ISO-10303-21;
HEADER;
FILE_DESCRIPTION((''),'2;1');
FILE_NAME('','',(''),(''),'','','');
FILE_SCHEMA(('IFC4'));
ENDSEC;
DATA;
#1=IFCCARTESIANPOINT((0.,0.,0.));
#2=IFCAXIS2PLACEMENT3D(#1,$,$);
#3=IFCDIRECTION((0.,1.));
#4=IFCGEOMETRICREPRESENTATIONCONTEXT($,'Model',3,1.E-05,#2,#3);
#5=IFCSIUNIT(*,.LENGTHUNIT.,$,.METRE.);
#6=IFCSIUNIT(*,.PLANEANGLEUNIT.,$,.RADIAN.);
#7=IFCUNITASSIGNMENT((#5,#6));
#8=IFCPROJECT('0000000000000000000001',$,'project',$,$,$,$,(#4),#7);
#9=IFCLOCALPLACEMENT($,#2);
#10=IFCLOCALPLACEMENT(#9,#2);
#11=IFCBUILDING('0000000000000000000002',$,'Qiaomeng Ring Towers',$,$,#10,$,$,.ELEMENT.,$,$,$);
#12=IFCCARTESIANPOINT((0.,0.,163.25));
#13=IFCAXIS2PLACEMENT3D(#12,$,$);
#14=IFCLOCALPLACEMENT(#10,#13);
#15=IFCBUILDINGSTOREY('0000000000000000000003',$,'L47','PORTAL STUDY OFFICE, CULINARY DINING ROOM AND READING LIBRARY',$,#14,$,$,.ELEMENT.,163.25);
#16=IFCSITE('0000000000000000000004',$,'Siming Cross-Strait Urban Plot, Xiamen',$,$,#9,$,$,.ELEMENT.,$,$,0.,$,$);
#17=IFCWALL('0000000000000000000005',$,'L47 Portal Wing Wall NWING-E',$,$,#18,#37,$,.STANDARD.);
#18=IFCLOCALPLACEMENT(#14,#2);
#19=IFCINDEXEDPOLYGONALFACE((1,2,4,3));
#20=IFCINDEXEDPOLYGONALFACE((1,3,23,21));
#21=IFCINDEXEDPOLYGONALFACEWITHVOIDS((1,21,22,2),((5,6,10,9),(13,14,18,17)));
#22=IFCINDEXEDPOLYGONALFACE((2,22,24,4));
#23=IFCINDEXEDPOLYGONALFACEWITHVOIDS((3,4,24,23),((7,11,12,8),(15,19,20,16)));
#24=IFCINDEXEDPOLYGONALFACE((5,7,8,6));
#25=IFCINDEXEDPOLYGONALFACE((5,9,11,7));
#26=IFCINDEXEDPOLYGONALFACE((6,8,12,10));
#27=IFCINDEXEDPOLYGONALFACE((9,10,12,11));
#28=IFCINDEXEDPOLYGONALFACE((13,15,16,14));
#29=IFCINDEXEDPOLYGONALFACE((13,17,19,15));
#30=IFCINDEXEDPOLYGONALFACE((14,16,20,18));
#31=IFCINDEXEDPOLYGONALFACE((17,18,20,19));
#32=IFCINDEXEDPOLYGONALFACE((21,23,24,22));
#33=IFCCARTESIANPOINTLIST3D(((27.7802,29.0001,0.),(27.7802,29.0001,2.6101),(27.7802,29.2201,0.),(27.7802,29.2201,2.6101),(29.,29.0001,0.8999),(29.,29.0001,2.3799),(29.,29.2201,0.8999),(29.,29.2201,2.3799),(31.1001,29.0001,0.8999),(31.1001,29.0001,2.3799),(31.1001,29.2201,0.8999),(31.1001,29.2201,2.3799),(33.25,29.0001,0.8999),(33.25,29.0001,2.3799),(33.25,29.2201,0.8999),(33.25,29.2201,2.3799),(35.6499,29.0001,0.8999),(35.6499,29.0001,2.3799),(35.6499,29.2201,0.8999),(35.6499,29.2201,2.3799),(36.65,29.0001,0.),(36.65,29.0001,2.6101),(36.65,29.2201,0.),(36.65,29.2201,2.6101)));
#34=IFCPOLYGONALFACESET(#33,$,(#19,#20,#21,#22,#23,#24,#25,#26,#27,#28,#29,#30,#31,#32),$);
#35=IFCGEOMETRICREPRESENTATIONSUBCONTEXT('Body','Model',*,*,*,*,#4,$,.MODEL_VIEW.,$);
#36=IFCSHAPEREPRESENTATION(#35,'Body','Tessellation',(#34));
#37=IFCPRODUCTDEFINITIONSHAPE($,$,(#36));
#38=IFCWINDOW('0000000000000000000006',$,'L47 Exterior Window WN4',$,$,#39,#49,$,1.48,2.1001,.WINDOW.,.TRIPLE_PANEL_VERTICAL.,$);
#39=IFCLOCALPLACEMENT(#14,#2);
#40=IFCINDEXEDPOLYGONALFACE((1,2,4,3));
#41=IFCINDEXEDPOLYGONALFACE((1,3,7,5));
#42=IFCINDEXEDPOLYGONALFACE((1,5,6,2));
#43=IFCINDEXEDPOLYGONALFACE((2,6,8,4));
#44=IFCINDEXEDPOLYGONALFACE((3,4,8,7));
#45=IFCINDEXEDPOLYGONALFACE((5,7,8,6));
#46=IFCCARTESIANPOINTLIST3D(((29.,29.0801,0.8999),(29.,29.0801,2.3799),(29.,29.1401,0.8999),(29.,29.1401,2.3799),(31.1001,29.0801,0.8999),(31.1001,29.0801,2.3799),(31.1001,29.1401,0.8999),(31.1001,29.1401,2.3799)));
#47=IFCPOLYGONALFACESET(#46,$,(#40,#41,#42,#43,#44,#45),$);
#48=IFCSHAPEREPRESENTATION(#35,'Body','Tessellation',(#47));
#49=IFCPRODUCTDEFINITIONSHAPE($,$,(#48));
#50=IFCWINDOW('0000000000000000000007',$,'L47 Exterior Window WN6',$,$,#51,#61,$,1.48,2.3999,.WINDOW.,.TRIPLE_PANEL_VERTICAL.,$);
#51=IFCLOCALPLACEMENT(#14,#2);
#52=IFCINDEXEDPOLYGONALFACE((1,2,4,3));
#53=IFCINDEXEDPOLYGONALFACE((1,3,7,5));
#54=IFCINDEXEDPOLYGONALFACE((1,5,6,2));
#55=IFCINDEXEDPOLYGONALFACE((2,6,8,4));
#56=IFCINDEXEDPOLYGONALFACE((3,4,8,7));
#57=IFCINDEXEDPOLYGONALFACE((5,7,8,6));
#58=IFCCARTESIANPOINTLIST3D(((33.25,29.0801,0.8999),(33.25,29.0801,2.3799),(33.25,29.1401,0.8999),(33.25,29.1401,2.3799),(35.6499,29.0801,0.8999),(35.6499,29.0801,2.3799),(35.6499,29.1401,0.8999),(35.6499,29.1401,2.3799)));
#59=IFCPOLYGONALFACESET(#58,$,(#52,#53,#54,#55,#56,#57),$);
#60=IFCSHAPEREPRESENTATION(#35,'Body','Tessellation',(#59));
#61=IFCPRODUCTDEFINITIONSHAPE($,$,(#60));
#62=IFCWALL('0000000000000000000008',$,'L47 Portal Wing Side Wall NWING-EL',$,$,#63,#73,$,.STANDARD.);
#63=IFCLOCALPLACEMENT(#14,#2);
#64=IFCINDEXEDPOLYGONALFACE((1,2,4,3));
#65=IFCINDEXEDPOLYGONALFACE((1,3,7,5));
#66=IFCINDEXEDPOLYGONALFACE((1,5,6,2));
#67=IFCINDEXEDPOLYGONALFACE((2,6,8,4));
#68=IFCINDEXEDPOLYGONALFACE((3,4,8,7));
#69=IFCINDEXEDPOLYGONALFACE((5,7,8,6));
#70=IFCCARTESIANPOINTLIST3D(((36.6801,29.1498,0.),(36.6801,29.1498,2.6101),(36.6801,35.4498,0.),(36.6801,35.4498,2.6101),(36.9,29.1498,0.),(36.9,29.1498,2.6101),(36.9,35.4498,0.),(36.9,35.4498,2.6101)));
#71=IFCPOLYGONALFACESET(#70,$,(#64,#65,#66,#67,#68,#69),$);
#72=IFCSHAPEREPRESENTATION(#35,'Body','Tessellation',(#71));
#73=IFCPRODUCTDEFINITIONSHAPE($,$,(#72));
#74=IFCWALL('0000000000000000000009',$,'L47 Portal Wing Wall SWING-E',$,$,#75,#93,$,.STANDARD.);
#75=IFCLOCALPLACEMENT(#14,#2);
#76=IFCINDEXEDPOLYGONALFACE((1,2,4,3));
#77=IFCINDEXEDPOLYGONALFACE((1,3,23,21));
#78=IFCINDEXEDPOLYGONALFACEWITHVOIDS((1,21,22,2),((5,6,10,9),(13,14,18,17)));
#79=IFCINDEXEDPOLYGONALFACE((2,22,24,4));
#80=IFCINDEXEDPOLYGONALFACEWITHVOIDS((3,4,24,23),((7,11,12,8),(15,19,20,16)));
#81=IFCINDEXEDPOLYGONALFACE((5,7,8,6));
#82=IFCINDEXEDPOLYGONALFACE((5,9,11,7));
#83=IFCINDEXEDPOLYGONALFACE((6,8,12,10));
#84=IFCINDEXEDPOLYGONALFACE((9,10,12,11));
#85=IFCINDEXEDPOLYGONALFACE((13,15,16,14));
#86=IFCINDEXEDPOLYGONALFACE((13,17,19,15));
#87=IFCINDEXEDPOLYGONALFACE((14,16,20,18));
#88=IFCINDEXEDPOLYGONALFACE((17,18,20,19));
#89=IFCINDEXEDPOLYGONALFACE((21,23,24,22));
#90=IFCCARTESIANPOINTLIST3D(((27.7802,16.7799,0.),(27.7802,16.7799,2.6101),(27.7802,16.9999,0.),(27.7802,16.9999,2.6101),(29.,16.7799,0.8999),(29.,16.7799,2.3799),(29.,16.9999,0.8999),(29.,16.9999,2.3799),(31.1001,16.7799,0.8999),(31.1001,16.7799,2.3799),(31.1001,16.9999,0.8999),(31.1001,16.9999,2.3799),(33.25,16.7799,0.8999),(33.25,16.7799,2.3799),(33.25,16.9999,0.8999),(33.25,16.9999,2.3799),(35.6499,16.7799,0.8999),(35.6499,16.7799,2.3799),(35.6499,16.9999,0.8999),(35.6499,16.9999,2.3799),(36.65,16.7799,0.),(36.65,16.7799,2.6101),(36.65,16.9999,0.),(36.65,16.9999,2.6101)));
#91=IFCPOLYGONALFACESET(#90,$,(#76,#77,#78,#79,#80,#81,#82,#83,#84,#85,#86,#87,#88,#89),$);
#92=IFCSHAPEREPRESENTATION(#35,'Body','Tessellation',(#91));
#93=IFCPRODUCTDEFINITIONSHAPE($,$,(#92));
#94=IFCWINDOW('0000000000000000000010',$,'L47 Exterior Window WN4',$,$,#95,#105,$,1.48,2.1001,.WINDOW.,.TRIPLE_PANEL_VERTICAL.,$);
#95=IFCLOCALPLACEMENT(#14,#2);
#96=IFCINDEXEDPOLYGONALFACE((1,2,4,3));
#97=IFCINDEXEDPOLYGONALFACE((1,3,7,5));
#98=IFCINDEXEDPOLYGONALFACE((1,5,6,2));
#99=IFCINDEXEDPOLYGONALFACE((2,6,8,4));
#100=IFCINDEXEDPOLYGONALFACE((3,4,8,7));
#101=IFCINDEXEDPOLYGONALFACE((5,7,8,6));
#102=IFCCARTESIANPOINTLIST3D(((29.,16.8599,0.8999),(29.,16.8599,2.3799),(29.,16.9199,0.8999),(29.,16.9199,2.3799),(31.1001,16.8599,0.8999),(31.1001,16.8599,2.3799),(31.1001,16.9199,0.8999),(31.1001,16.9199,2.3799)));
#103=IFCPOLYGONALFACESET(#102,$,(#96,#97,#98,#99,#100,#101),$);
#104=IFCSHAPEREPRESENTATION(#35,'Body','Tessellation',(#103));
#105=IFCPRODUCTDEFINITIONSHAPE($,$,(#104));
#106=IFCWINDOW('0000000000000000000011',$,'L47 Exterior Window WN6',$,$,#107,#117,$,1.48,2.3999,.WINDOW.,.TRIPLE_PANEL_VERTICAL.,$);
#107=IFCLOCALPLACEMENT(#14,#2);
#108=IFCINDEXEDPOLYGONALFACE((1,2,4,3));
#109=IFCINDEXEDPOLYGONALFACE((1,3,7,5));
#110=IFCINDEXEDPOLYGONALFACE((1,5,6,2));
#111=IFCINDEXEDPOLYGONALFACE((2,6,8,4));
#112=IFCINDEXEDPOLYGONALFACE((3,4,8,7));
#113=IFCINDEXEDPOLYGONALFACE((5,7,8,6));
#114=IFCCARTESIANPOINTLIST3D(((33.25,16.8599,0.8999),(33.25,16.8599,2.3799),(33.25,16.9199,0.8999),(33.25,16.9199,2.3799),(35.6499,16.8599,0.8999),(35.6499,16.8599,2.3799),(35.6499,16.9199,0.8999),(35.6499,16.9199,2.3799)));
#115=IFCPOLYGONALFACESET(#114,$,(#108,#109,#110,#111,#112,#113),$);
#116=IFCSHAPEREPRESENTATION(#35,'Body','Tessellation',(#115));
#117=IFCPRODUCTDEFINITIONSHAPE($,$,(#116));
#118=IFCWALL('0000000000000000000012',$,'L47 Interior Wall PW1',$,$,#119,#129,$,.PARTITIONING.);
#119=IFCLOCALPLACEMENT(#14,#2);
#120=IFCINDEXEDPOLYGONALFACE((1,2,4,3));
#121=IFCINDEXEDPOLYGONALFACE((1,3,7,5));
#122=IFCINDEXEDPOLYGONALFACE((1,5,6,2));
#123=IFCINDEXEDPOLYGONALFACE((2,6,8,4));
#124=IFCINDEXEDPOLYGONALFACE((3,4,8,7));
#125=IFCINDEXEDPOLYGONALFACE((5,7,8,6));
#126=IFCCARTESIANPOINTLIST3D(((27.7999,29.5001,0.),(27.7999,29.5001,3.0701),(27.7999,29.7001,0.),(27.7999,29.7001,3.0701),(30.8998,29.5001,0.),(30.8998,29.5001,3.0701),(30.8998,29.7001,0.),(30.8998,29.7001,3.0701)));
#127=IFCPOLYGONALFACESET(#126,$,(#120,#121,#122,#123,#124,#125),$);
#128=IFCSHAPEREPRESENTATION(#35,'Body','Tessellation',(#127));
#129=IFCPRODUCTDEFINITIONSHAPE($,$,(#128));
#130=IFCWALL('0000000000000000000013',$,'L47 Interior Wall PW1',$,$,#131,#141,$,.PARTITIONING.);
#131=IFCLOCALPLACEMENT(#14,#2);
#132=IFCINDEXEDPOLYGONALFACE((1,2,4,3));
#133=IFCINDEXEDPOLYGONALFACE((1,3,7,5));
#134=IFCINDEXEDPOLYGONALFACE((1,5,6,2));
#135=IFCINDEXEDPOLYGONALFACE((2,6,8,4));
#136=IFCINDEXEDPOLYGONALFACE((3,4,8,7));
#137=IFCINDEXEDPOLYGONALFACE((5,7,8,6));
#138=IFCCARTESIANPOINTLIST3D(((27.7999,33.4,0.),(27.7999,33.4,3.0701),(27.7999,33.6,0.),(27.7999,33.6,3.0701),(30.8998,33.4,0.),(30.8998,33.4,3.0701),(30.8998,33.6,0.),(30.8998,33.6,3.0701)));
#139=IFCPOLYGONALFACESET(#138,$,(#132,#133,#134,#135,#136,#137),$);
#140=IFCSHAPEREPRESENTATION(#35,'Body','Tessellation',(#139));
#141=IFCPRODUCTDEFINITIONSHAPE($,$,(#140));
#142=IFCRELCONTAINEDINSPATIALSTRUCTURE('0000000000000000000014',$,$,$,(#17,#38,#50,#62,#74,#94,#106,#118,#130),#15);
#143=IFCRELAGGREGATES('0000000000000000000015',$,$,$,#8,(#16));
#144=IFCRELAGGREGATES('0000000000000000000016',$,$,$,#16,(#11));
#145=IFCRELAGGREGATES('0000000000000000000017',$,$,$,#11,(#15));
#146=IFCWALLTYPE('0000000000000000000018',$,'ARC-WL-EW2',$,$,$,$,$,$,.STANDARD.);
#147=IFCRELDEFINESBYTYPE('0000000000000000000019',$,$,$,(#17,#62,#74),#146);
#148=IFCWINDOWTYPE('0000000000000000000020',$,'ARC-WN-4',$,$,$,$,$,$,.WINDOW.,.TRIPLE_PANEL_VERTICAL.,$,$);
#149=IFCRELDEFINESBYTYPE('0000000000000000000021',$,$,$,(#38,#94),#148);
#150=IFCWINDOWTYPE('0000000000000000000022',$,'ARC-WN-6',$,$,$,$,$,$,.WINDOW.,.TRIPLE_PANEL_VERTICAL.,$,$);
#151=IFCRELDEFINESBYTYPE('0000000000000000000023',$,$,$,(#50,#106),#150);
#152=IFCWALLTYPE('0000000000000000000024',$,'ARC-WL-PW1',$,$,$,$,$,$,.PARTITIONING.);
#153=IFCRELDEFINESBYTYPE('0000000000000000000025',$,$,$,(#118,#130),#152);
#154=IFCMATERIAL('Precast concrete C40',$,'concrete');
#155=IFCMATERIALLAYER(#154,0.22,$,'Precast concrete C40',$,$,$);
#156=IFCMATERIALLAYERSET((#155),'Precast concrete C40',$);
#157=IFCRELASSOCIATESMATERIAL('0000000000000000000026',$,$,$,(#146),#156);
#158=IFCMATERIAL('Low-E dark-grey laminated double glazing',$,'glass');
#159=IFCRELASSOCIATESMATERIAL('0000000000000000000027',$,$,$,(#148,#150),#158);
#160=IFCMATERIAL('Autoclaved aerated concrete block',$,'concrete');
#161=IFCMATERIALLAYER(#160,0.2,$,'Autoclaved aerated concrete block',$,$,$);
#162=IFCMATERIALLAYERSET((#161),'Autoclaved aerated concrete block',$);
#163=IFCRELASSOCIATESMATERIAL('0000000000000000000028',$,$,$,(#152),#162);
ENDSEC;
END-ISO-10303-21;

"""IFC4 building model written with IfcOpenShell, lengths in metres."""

from ifc_helpers import new_model, si_unit, direction, frame, frame_2d, origin, place, context, subcontext, project, spatial, rectangle, extrude, source, transform, mapped, material, layer, layer_set, type_object, element, fill, save


model = new_model("IFC4")

# Units and contexts
model_context = context("Model", 3, precision=1e-05, world=origin(), true_north=direction((0.0, 1.0)))
body_context = subcontext(model_context, "Body", "Model", "MODEL_VIEW")
ifc_project = project(units=[si_unit("LENGTHUNIT", "METRE"), si_unit("PLANEANGLEUNIT", "RADIAN")], contexts=[model_context])

# Site, building, storey
site_placement = place(None, origin())
site = spatial("IfcSite", under=ifc_project, at=site_placement, Name="Siming Cross-Strait Urban Plot, Xiamen", CompositionType="ELEMENT", RefElevation=0.0)
building_placement = place(site_placement, origin())
building = spatial("IfcBuilding", under=site, at=building_placement, Name="Qiaomeng Ring Towers", CompositionType="ELEMENT")
storey_placement = place(building_placement, frame((0.0, 0.0, 163.25)))
storey = spatial("IfcBuildingStorey", under=building, at=storey_placement, Name="L47", Description="PORTAL STUDY OFFICE, CULINARY DINING ROOM AND READING LIBRARY", CompositionType="ELEMENT", Elevation=163.25)

# Wall, openings, windows
ifc_material_1 = material(Name="Precast concrete C40", Category="concrete")
ifc_layer_1 = layer(ifc_material_1, 0.22, Name="Precast concrete C40")
ifc_layer_set_1 = layer_set([ifc_layer_1], Name="Precast concrete C40")
wall_type_1 = type_object("IfcWallType", Name="ARC-WL-EW2", PredefinedType="STANDARD", material=ifc_layer_set_1)
wall_1_placement = place(storey_placement, frame((27.78, 29.1101, 0.0), z_axis=(0.0, 0.0, 1.0), x_axis=(1.0, 0.0, 0.0)))
wall_1 = element("IfcWall", 1, at=wall_1_placement, inside=storey, type_object=wall_type_1, Name="L47 Portal Wing Wall NWING-E", PredefinedType="STANDARD", context=body_context, shape_type="SweptSolid", body=[
    extrude(rectangle(XDim=8.8699, YDim=0.22, at=frame_2d((4.4351, 0.0))), origin(), (0.0, 0.0, 1.0), 2.6101),
])
opening_1_placement = place(wall_1_placement, frame((1.22, 0.0, 0.8999)))
opening_1 = element("IfcOpeningElement", 2, at=opening_1_placement, cuts=wall_1, PredefinedType="OPENING", context=body_context, shape_type="SweptSolid", body=[
    extrude(rectangle(XDim=2.1001, YDim=1.48, at=frame_2d((1.05, 0.74))), frame((0.0, 0.1199, 0.0), z_axis=(0.0, -1.0, 0.0), x_axis=(1.0, 0.0, 0.0)), (0.0, 0.0, 1.0), 0.24),
])
opening_2_placement = place(wall_1_placement, frame((5.47, 0.0, 0.8999)))
opening_2 = element("IfcOpeningElement", 3, at=opening_2_placement, cuts=wall_1, PredefinedType="OPENING", context=body_context, shape_type="SweptSolid", body=[
    extrude(rectangle(XDim=2.3999, YDim=1.48, at=frame_2d((1.2, 0.74))), frame((0.0, 0.1199, 0.0), z_axis=(0.0, -1.0, 0.0), x_axis=(1.0, 0.0, 0.0)), (0.0, 0.0, 1.0), 0.24),
])
ifc_material_2 = material(Name="Low-E dark-grey laminated double glazing", Category="glass")
window_type_1 = type_object("IfcWindowType", Name="ARC-WN-4", PartitioningType="TRIPLE_PANEL_VERTICAL", PredefinedType="WINDOW", material=ifc_material_2)
shared_shape_1 = source(origin(), body_context, "Body", "SweptSolid", [
    extrude(rectangle(XDim=2.1001, YDim=1.48, at=frame_2d((1.05, 0.74))), frame((0.0, 0.03, 0.0), z_axis=(0.0, -1.0, 0.0), x_axis=(1.0, 0.0, 0.0)), (0.0, 0.0, 1.0), 0.0601),
])
window_1_placement = place(opening_1_placement, origin())
window_1 = element("IfcWindow", 4, at=window_1_placement, inside=storey, type_object=window_type_1, Name="L47 Exterior Window WN4", OverallHeight=1.48, OverallWidth=2.1001, PartitioningType="TRIPLE_PANEL_VERTICAL", PredefinedType="WINDOW", context=body_context, shape_type="MappedRepresentation", body=[
    mapped(shared_shape_1, transform((0.0, 0.0, 0.0), x_axis=(1.0, 0.0, 0.0), y_axis=(0.0, 1.0, 0.0), z_axis=(0.0, 0.0, 1.0), scale=1.0)),
])
fill(opening_1, window_1)
window_type_2 = type_object("IfcWindowType", Name="ARC-WN-6", PartitioningType="TRIPLE_PANEL_VERTICAL", PredefinedType="WINDOW", material=ifc_material_2)
shared_shape_2 = source(origin(), body_context, "Body", "SweptSolid", [
    extrude(rectangle(XDim=2.3999, YDim=1.48, at=frame_2d((1.2, 0.74))), frame((0.0, 0.03, 0.0), z_axis=(0.0, -1.0, 0.0), x_axis=(1.0, 0.0, 0.0)), (0.0, 0.0, 1.0), 0.0601),
])
window_2_placement = place(opening_2_placement, origin())
window_2 = element("IfcWindow", 5, at=window_2_placement, inside=storey, type_object=window_type_2, Name="L47 Exterior Window WN6", OverallHeight=1.48, OverallWidth=2.3999, PartitioningType="TRIPLE_PANEL_VERTICAL", PredefinedType="WINDOW", context=body_context, shape_type="MappedRepresentation", body=[
    mapped(shared_shape_2, transform((0.0, 0.0, 0.0), x_axis=(1.0, 0.0, 0.0), y_axis=(0.0, 1.0, 0.0), z_axis=(0.0, 0.0, 1.0), scale=1.0)),
])
fill(opening_2, window_2)

# Wall
wall_2_placement = place(storey_placement, frame((36.79, 29.1499, 0.0), z_axis=(0.0, 0.0, 1.0), x_axis=(0.0, 1.0, 0.0)))
element("IfcWall", 6, at=wall_2_placement, inside=storey, type_object=wall_type_1, Name="L47 Portal Wing Side Wall NWING-EL", PredefinedType="STANDARD", context=body_context, shape_type="SweptSolid", body=[
    extrude(rectangle(XDim=6.3, YDim=0.22, at=frame_2d((3.1499, 0.0))), origin(), (0.0, 0.0, 1.0), 2.6101),
])

# Wall, openings, windows
wall_3_placement = place(storey_placement, frame((27.78, 16.8899, 0.0), z_axis=(0.0, 0.0, 1.0), x_axis=(1.0, 0.0, 0.0)))
wall_3 = element("IfcWall", 7, at=wall_3_placement, inside=storey, type_object=wall_type_1, Name="L47 Portal Wing Wall SWING-E", PredefinedType="STANDARD", context=body_context, shape_type="SweptSolid", body=[
    extrude(rectangle(XDim=8.8699, YDim=0.22, at=frame_2d((4.4351, 0.0))), origin(), (0.0, 0.0, 1.0), 2.6101),
])
opening_3_placement = place(wall_3_placement, frame((1.22, 0.0, 0.8999)))
opening_3 = element("IfcOpeningElement", 8, at=opening_3_placement, cuts=wall_3, PredefinedType="OPENING", context=body_context, shape_type="SweptSolid", body=[
    extrude(rectangle(XDim=2.1001, YDim=1.48, at=frame_2d((1.05, 0.74))), frame((0.0, 0.1199, 0.0), z_axis=(0.0, -1.0, 0.0), x_axis=(1.0, 0.0, 0.0)), (0.0, 0.0, 1.0), 0.24),
])
opening_4_placement = place(wall_3_placement, frame((5.47, 0.0, 0.8999)))
opening_4 = element("IfcOpeningElement", 9, at=opening_4_placement, cuts=wall_3, PredefinedType="OPENING", context=body_context, shape_type="SweptSolid", body=[
    extrude(rectangle(XDim=2.3999, YDim=1.48, at=frame_2d((1.2, 0.74))), frame((0.0, 0.1199, 0.0), z_axis=(0.0, -1.0, 0.0), x_axis=(1.0, 0.0, 0.0)), (0.0, 0.0, 1.0), 0.24),
])
window_3_placement = place(opening_3_placement, origin())
window_3 = element("IfcWindow", 10, at=window_3_placement, inside=storey, type_object=window_type_1, Name="L47 Exterior Window WN4", OverallHeight=1.48, OverallWidth=2.1001, PartitioningType="TRIPLE_PANEL_VERTICAL", PredefinedType="WINDOW", context=body_context, shape_type="MappedRepresentation", body=[
    mapped(shared_shape_1, transform((0.0, 0.0, 0.0), x_axis=(1.0, 0.0, 0.0), y_axis=(0.0, 1.0, 0.0), z_axis=(0.0, 0.0, 1.0), scale=1.0)),
])
fill(opening_3, window_3)
window_4_placement = place(opening_4_placement, origin())
window_4 = element("IfcWindow", 11, at=window_4_placement, inside=storey, type_object=window_type_2, Name="L47 Exterior Window WN6", OverallHeight=1.48, OverallWidth=2.3999, PartitioningType="TRIPLE_PANEL_VERTICAL", PredefinedType="WINDOW", context=body_context, shape_type="MappedRepresentation", body=[
    mapped(shared_shape_2, transform((0.0, 0.0, 0.0), x_axis=(1.0, 0.0, 0.0), y_axis=(0.0, 1.0, 0.0), z_axis=(0.0, 0.0, 1.0), scale=1.0)),
])
fill(opening_4, window_4)

# Walls
ifc_material_3 = material(Name="Autoclaved aerated concrete block", Category="concrete")
ifc_layer_2 = layer(ifc_material_3, 0.2, Name="Autoclaved aerated concrete block")
ifc_layer_set_2 = layer_set([ifc_layer_2], Name="Autoclaved aerated concrete block")
wall_type_2 = type_object("IfcWallType", Name="ARC-WL-PW1", PredefinedType="PARTITIONING", material=ifc_layer_set_2)
for number, where, z_axis, x_axis, name in (
    (12, (27.8, 29.6001, 0.0), (0.0, 0.0, 1.0), (1.0, 0.0, 0.0), "L47 Interior Wall PW1"),
    (13, (27.8, 33.5, 0.0), (0.0, 0.0, 1.0), (1.0, 0.0, 0.0), "L47 Interior Wall PW1"),
):
    element("IfcWall", number, at=place(storey_placement, frame(where, z_axis=z_axis, x_axis=x_axis)), inside=storey, type_object=wall_type_2, Name=name, PredefinedType="PARTITIONING", context=body_context, shape_type="SweptSolid", body=[
        extrude(rectangle(XDim=3.0999, YDim=0.2, at=frame_2d((1.5498, 0.0))), origin(), (0.0, 0.0, 1.0), 3.0701),
    ])

save(model, "model.ifc")
